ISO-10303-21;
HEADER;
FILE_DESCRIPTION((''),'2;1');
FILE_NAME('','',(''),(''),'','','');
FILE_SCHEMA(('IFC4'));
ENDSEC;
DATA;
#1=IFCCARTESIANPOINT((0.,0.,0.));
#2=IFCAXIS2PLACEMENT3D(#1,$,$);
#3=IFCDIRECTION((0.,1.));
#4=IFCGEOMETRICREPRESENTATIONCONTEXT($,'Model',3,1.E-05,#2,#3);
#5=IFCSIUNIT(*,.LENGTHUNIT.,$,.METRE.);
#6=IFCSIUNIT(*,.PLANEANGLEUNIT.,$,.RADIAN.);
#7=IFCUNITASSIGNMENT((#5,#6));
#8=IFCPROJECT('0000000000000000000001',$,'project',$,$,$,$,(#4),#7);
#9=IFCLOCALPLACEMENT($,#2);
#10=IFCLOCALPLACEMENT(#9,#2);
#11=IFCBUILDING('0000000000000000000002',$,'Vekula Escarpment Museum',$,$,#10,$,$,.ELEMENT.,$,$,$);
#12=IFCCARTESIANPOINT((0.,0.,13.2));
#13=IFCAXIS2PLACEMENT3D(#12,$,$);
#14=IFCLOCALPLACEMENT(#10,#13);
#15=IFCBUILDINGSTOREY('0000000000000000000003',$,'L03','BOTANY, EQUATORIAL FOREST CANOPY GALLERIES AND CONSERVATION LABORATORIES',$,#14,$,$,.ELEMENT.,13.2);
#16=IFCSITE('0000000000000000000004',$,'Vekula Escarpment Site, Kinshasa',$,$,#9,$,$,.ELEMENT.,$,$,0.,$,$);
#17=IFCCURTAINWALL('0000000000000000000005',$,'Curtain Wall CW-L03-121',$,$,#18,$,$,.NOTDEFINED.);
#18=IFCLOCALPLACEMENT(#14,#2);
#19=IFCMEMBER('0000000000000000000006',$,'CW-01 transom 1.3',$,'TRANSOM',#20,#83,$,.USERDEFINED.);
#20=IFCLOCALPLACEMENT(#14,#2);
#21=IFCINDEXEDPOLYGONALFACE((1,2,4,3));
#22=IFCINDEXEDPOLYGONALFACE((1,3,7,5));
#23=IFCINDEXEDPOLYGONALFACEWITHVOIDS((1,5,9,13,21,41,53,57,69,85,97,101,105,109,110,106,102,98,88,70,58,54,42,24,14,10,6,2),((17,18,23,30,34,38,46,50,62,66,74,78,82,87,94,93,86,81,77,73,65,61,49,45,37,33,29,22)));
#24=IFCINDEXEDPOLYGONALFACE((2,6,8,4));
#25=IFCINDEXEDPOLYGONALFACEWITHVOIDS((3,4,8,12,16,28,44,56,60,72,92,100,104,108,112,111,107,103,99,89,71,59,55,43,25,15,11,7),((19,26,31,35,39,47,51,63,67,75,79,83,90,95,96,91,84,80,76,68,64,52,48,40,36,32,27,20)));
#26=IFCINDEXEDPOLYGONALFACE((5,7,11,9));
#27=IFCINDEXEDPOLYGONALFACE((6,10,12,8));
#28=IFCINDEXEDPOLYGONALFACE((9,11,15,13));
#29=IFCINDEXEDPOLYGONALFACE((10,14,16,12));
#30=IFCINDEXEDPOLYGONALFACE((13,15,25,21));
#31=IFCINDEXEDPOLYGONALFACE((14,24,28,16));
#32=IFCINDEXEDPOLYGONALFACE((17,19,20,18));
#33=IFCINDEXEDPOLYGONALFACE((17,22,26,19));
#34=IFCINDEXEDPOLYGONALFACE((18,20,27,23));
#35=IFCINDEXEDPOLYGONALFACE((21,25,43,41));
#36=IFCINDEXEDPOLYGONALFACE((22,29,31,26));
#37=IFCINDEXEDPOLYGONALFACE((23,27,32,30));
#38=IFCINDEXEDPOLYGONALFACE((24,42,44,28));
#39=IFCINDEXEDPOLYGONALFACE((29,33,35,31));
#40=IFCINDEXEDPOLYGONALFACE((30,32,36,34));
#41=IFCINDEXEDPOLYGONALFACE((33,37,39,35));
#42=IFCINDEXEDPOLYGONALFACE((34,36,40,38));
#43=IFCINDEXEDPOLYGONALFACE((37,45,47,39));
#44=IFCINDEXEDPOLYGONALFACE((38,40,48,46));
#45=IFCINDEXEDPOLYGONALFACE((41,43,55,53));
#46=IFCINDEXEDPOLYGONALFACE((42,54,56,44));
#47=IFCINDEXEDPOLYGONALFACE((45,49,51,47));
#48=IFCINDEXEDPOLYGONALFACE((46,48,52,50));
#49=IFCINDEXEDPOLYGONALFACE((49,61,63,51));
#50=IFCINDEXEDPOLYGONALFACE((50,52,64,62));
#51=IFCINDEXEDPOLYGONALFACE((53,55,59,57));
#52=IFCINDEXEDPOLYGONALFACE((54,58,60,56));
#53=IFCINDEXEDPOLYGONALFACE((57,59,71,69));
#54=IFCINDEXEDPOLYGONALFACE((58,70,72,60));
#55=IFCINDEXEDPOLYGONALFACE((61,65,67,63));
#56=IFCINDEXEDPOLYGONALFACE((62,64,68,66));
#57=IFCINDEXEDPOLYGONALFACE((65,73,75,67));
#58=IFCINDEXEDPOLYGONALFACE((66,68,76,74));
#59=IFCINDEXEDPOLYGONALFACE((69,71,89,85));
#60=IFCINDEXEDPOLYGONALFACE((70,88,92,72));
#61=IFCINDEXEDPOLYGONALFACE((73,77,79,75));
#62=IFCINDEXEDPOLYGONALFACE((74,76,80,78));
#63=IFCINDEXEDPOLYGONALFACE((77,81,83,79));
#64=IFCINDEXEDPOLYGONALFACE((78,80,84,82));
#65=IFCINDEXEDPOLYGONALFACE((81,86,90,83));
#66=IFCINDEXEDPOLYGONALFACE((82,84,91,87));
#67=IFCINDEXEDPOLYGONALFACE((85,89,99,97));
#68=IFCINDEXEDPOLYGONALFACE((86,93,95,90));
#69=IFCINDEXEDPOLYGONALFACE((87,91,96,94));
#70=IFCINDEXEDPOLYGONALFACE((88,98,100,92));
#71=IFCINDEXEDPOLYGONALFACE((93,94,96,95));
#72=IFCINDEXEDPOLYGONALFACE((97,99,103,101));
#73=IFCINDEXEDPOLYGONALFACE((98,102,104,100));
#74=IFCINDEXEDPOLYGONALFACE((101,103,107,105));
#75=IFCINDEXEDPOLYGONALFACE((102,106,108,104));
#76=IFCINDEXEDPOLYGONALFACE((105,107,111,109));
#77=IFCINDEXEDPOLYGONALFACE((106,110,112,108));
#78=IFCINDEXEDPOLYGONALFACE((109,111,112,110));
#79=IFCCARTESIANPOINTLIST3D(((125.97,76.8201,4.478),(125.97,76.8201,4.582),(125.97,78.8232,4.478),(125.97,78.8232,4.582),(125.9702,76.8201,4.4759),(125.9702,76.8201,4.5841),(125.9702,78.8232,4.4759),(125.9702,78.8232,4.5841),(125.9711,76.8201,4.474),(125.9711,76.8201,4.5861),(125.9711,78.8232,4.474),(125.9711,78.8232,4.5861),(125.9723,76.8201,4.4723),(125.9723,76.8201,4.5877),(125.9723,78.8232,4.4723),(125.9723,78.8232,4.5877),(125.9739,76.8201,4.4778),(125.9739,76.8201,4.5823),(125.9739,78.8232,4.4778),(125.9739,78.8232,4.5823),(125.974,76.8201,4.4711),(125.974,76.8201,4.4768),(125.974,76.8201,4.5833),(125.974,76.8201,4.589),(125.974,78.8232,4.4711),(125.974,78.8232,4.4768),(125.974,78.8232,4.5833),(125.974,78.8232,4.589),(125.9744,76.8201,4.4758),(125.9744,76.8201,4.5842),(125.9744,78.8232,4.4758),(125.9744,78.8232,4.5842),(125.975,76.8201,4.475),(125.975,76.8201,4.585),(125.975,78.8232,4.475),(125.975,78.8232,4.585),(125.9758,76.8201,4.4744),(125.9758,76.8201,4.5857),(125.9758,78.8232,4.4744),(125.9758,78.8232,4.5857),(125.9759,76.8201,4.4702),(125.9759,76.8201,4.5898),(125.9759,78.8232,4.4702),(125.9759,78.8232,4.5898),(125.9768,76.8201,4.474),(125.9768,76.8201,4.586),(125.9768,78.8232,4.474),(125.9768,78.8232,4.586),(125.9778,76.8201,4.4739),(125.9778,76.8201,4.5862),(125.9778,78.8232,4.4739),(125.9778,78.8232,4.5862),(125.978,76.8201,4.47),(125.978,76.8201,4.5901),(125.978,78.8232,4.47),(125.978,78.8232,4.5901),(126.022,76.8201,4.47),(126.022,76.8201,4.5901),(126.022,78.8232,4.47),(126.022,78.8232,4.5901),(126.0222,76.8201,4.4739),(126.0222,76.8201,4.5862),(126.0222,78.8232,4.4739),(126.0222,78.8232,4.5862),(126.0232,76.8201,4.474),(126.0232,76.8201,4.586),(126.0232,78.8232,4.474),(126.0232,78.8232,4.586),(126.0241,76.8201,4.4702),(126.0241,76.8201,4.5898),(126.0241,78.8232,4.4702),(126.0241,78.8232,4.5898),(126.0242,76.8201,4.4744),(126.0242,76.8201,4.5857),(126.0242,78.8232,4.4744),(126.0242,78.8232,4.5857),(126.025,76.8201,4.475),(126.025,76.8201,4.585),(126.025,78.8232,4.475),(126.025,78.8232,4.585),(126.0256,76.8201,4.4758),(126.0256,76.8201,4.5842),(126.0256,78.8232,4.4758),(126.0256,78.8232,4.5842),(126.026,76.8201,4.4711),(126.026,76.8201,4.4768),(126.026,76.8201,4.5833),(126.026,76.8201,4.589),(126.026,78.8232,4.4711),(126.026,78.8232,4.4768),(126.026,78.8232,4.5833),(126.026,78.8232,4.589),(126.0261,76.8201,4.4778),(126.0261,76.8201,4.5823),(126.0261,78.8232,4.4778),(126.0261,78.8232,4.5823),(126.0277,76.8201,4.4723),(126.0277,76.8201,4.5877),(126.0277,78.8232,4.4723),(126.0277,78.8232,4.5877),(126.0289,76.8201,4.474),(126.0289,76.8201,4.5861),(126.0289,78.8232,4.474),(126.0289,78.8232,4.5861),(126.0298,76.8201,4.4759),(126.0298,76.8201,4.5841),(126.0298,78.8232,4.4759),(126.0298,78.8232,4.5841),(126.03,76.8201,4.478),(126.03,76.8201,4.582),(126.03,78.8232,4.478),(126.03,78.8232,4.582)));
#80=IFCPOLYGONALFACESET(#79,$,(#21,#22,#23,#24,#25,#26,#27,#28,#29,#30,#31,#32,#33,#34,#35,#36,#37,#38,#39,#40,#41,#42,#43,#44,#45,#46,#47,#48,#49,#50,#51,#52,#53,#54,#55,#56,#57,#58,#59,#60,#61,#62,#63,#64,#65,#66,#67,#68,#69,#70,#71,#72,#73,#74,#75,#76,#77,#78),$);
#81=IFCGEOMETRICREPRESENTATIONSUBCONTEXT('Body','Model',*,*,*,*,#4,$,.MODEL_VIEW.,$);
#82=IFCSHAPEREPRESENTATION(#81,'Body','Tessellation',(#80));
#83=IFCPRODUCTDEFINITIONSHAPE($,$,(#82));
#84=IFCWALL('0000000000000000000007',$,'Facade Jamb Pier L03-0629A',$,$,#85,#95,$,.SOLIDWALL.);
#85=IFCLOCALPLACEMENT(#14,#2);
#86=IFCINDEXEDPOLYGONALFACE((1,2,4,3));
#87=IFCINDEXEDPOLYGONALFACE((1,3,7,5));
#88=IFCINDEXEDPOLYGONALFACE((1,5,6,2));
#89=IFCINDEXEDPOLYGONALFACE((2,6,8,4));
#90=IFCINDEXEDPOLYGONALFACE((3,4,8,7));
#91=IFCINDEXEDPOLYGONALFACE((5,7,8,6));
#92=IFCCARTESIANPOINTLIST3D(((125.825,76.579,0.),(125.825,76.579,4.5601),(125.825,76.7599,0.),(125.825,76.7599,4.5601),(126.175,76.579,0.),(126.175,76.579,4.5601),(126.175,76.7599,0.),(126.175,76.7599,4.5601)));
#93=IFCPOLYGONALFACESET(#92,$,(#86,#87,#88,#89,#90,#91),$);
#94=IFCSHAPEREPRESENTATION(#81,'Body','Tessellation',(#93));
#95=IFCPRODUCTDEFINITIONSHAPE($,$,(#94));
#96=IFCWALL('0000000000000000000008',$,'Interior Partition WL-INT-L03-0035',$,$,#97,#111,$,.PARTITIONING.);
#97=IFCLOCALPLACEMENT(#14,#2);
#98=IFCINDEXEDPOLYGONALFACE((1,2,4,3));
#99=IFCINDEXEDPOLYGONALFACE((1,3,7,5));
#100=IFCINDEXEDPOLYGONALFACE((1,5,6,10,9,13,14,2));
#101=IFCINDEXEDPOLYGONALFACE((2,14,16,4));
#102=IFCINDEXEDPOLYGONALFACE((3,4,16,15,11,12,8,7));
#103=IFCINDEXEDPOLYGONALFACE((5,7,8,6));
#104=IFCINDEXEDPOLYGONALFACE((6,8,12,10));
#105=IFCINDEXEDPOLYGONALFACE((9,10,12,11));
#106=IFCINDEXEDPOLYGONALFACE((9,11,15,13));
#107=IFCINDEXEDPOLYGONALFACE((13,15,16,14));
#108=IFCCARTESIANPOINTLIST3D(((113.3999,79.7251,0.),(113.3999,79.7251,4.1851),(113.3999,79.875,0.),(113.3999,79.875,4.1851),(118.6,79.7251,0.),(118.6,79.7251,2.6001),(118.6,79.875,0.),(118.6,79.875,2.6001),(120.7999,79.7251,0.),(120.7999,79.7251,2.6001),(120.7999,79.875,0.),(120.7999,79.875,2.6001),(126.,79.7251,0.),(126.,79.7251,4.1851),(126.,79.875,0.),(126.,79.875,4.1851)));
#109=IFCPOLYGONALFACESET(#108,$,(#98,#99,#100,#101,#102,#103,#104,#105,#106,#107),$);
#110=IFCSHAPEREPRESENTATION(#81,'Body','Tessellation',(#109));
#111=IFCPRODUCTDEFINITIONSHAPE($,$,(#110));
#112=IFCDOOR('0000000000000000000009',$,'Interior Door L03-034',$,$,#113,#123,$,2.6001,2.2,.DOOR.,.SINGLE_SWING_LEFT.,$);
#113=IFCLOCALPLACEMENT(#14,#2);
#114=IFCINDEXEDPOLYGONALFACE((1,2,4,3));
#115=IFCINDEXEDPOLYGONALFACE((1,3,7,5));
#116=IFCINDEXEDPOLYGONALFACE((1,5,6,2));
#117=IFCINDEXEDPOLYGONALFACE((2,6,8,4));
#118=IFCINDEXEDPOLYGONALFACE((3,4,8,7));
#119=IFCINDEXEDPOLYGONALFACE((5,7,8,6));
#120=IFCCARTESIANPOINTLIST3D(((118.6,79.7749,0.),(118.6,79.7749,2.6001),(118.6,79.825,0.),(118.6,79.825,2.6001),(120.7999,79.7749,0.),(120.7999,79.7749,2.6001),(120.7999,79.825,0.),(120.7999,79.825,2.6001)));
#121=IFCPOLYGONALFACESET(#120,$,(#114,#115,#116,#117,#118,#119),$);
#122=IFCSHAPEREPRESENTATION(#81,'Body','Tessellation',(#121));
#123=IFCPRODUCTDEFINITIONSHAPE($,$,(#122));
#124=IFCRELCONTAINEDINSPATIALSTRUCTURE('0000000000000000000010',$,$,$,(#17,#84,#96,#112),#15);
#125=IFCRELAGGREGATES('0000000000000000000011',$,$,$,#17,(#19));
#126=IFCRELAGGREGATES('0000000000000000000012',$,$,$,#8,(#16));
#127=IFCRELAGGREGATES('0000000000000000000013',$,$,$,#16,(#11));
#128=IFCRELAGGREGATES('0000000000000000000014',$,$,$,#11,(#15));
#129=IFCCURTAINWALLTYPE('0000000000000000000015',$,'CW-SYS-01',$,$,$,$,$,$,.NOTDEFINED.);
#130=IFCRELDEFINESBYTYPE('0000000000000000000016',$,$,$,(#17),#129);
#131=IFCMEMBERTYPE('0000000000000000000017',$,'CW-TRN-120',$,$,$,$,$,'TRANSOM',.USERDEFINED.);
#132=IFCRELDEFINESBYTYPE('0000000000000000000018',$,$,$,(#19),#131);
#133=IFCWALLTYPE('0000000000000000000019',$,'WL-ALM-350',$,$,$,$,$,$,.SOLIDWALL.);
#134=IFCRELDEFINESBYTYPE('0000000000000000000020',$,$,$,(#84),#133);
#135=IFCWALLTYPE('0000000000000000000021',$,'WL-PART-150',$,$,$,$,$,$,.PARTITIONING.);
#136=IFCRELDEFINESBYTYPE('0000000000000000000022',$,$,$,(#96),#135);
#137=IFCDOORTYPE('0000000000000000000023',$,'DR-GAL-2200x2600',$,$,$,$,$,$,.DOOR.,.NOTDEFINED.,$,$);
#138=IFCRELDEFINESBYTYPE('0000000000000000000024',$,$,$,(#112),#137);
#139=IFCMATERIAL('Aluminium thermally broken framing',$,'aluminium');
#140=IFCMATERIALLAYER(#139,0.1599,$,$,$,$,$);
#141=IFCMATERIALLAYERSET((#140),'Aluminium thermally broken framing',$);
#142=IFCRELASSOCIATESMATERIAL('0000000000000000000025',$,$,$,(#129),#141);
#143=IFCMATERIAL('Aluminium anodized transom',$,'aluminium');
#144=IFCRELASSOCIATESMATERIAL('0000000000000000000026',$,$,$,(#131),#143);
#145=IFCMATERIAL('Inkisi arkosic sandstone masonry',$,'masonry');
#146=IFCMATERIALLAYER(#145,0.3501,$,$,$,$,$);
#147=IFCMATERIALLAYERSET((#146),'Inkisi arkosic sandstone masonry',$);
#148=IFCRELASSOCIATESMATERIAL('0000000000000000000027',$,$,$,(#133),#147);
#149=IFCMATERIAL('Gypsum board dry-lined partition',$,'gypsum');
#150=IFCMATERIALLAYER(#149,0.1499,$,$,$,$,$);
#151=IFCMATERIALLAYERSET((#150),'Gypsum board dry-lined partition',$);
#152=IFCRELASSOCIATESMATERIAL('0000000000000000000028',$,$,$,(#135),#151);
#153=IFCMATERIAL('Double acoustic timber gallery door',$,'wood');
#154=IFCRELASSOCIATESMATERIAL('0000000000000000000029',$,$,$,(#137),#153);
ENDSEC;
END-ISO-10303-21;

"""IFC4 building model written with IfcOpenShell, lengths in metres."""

from ifc_helpers import new_model, si_unit, direction, frame, frame_2d, origin, origin_2d, place, context, subcontext, project, spatial, rectangle, hollow_rectangle, extrude, material, layer, layer_set, material_profile, profile_set, type_object, element, fill, aggregate, save


model = new_model("IFC4")

# Units and contexts
model_context = context("Model", 3, precision=1e-05, world=origin(), true_north=direction((0.0, 1.0)))
body_context = subcontext(model_context, "Body", "Model", "MODEL_VIEW")
ifc_project = project(units=[si_unit("LENGTHUNIT", "METRE"), si_unit("PLANEANGLEUNIT", "RADIAN")], contexts=[model_context])

# Site, building, storey
site_placement = place(None, origin())
site = spatial("IfcSite", under=ifc_project, at=site_placement, Name="Vekula Escarpment Site, Kinshasa", CompositionType="ELEMENT", RefElevation=0.0)
building_placement = place(site_placement, origin())
building = spatial("IfcBuilding", under=site, at=building_placement, Name="Vekula Escarpment Museum", CompositionType="ELEMENT")
storey_placement = place(building_placement, frame((0.0, 0.0, 13.2)))
storey = spatial("IfcBuildingStorey", under=building, at=storey_placement, Name="L03", Description="BOTANY, EQUATORIAL FOREST CANOPY GALLERIES AND CONSERVATION LABORATORIES", CompositionType="ELEMENT", Elevation=13.2)

# Curtain wall, member
ifc_material_1 = material(Name="Aluminium thermally broken framing", Category="aluminium")
ifc_layer_1 = layer(ifc_material_1, 0.1599)
ifc_layer_set_1 = layer_set([ifc_layer_1], Name="Aluminium thermally broken framing")
curtain_wall_type = type_object("IfcCurtainWallType", Name="CW-SYS-01", PredefinedType="NOTDEFINED", material=ifc_layer_set_1)
curtain_wall_placement = place(storey_placement, origin())
curtain_wall = element("IfcCurtainWall", 1, at=curtain_wall_placement, inside=storey, type_object=curtain_wall_type, Name="Curtain Wall CW-L03-121", PredefinedType="NOTDEFINED")
ifc_material_2 = material(Name="Aluminium anodized transom", Category="aluminium")
ifc_material_profile_1 = material_profile(ifc_material_2, hollow_rectangle(XDim=0.0601, YDim=0.1201, WallThickness=0.0039, InnerFilletRadius=0.0039, OuterFilletRadius=0.0081, at=origin_2d()), Name="ALU 120x60x4")
ifc_profile_set_1 = profile_set([ifc_material_profile_1], Name="Aluminium anodized transom")
member_type_1 = type_object("IfcMemberType", Name="CW-TRN-120", ElementType="TRANSOM", PredefinedType="USERDEFINED", material=ifc_profile_set_1)
member_1_placement = place(storey_placement, frame((126.0, 76.8201, 4.53), z_axis=(0.0, 1.0, 0.0), x_axis=(-1.0, 0.0, 0.0)))
member_1 = element("IfcMember", 2, at=member_1_placement, type_object=member_type_1, Name="CW-01 transom 1.3", ObjectType="TRANSOM", PredefinedType="USERDEFINED", context=body_context, shape_type="SweptSolid", body=[
    extrude(hollow_rectangle(XDim=0.0601, YDim=0.1201, WallThickness=0.0039, InnerFilletRadius=0.0039, OuterFilletRadius=0.0081, at=origin_2d()), origin(), (0.0, 0.0, 1.0), 2.0032),
])
aggregate(curtain_wall, [member_1])

# Wall
ifc_material_3 = material(Name="Inkisi arkosic sandstone masonry", Category="masonry")
ifc_layer_2 = layer(ifc_material_3, 0.3501)
ifc_layer_set_2 = layer_set([ifc_layer_2], Name="Inkisi arkosic sandstone masonry")
wall_type_1 = type_object("IfcWallType", Name="WL-ALM-350", PredefinedType="SOLIDWALL", material=ifc_layer_set_2)
wall_1_placement = place(storey_placement, frame((126.0, 76.5791, 0.0), z_axis=(0.0, 0.0, 1.0), x_axis=(0.0, 1.0, 0.0)))
element("IfcWall", 3, at=wall_1_placement, inside=storey, type_object=wall_type_1, Name="Facade Jamb Pier L03-0629A", PredefinedType="SOLIDWALL", context=body_context, shape_type="SweptSolid", body=[
    extrude(rectangle(XDim=0.1809, YDim=0.3501, at=frame_2d((0.0903, 0.0))), origin(), (0.0, 0.0, 1.0), 4.5601),
])

# Wall, opening, door
ifc_material_4 = material(Name="Gypsum board dry-lined partition", Category="gypsum")
ifc_layer_3 = layer(ifc_material_4, 0.1499)
ifc_layer_set_3 = layer_set([ifc_layer_3], Name="Gypsum board dry-lined partition")
wall_type_2 = type_object("IfcWallType", Name="WL-PART-150", PredefinedType="PARTITIONING", material=ifc_layer_set_3)
wall_2_placement = place(storey_placement, frame((113.3999, 79.8, 0.0), z_axis=(0.0, 0.0, 1.0), x_axis=(1.0, 0.0, 0.0)))
wall_2 = element("IfcWall", 4, at=wall_2_placement, inside=storey, type_object=wall_type_2, Name="Interior Partition WL-INT-L03-0035", PredefinedType="PARTITIONING", context=body_context, shape_type="SweptSolid", body=[
    extrude(rectangle(XDim=12.6001, YDim=0.1499, at=frame_2d((6.3, 0.0))), origin(), (0.0, 0.0, 1.0), 4.1851),
])
opening_1_placement = place(wall_2_placement, frame((5.2, 0.0, 0.0)))
opening_1 = element("IfcOpeningElement", 5, at=opening_1_placement, cuts=wall_2, PredefinedType="OPENING", context=body_context, shape_type="SweptSolid", body=[
    extrude(rectangle(XDim=2.2, YDim=2.6001, at=frame_2d((1.1001, 1.3))), frame((0.0, 0.085, 0.0), z_axis=(0.0, -1.0, 0.0), x_axis=(1.0, 0.0, 0.0)), (0.0, 0.0, 1.0), 0.1699),
])
ifc_material_5 = material(Name="Double acoustic timber gallery door", Category="wood")
door_type_1 = type_object("IfcDoorType", Name="DR-GAL-2200x2600", OperationType="NOTDEFINED", PredefinedType="DOOR", material=ifc_material_5)
door_1_placement = place(opening_1_placement, origin())
door_1 = element("IfcDoor", 6, at=door_1_placement, inside=storey, type_object=door_type_1, Name="Interior Door L03-034", OperationType="SINGLE_SWING_LEFT", OverallHeight=2.6001, OverallWidth=2.2, PredefinedType="DOOR", context=body_context, shape_type="SweptSolid", body=[
    extrude(rectangle(XDim=2.2, YDim=2.6001, at=frame_2d((1.1001, 1.3))), frame((0.0, 0.0249, 0.0), z_axis=(0.0, -1.0, 0.0), x_axis=(1.0, 0.0, 0.0)), (0.0, 0.0, 1.0), 0.05),
])
fill(opening_1, door_1)

save(model, "model.ifc")
